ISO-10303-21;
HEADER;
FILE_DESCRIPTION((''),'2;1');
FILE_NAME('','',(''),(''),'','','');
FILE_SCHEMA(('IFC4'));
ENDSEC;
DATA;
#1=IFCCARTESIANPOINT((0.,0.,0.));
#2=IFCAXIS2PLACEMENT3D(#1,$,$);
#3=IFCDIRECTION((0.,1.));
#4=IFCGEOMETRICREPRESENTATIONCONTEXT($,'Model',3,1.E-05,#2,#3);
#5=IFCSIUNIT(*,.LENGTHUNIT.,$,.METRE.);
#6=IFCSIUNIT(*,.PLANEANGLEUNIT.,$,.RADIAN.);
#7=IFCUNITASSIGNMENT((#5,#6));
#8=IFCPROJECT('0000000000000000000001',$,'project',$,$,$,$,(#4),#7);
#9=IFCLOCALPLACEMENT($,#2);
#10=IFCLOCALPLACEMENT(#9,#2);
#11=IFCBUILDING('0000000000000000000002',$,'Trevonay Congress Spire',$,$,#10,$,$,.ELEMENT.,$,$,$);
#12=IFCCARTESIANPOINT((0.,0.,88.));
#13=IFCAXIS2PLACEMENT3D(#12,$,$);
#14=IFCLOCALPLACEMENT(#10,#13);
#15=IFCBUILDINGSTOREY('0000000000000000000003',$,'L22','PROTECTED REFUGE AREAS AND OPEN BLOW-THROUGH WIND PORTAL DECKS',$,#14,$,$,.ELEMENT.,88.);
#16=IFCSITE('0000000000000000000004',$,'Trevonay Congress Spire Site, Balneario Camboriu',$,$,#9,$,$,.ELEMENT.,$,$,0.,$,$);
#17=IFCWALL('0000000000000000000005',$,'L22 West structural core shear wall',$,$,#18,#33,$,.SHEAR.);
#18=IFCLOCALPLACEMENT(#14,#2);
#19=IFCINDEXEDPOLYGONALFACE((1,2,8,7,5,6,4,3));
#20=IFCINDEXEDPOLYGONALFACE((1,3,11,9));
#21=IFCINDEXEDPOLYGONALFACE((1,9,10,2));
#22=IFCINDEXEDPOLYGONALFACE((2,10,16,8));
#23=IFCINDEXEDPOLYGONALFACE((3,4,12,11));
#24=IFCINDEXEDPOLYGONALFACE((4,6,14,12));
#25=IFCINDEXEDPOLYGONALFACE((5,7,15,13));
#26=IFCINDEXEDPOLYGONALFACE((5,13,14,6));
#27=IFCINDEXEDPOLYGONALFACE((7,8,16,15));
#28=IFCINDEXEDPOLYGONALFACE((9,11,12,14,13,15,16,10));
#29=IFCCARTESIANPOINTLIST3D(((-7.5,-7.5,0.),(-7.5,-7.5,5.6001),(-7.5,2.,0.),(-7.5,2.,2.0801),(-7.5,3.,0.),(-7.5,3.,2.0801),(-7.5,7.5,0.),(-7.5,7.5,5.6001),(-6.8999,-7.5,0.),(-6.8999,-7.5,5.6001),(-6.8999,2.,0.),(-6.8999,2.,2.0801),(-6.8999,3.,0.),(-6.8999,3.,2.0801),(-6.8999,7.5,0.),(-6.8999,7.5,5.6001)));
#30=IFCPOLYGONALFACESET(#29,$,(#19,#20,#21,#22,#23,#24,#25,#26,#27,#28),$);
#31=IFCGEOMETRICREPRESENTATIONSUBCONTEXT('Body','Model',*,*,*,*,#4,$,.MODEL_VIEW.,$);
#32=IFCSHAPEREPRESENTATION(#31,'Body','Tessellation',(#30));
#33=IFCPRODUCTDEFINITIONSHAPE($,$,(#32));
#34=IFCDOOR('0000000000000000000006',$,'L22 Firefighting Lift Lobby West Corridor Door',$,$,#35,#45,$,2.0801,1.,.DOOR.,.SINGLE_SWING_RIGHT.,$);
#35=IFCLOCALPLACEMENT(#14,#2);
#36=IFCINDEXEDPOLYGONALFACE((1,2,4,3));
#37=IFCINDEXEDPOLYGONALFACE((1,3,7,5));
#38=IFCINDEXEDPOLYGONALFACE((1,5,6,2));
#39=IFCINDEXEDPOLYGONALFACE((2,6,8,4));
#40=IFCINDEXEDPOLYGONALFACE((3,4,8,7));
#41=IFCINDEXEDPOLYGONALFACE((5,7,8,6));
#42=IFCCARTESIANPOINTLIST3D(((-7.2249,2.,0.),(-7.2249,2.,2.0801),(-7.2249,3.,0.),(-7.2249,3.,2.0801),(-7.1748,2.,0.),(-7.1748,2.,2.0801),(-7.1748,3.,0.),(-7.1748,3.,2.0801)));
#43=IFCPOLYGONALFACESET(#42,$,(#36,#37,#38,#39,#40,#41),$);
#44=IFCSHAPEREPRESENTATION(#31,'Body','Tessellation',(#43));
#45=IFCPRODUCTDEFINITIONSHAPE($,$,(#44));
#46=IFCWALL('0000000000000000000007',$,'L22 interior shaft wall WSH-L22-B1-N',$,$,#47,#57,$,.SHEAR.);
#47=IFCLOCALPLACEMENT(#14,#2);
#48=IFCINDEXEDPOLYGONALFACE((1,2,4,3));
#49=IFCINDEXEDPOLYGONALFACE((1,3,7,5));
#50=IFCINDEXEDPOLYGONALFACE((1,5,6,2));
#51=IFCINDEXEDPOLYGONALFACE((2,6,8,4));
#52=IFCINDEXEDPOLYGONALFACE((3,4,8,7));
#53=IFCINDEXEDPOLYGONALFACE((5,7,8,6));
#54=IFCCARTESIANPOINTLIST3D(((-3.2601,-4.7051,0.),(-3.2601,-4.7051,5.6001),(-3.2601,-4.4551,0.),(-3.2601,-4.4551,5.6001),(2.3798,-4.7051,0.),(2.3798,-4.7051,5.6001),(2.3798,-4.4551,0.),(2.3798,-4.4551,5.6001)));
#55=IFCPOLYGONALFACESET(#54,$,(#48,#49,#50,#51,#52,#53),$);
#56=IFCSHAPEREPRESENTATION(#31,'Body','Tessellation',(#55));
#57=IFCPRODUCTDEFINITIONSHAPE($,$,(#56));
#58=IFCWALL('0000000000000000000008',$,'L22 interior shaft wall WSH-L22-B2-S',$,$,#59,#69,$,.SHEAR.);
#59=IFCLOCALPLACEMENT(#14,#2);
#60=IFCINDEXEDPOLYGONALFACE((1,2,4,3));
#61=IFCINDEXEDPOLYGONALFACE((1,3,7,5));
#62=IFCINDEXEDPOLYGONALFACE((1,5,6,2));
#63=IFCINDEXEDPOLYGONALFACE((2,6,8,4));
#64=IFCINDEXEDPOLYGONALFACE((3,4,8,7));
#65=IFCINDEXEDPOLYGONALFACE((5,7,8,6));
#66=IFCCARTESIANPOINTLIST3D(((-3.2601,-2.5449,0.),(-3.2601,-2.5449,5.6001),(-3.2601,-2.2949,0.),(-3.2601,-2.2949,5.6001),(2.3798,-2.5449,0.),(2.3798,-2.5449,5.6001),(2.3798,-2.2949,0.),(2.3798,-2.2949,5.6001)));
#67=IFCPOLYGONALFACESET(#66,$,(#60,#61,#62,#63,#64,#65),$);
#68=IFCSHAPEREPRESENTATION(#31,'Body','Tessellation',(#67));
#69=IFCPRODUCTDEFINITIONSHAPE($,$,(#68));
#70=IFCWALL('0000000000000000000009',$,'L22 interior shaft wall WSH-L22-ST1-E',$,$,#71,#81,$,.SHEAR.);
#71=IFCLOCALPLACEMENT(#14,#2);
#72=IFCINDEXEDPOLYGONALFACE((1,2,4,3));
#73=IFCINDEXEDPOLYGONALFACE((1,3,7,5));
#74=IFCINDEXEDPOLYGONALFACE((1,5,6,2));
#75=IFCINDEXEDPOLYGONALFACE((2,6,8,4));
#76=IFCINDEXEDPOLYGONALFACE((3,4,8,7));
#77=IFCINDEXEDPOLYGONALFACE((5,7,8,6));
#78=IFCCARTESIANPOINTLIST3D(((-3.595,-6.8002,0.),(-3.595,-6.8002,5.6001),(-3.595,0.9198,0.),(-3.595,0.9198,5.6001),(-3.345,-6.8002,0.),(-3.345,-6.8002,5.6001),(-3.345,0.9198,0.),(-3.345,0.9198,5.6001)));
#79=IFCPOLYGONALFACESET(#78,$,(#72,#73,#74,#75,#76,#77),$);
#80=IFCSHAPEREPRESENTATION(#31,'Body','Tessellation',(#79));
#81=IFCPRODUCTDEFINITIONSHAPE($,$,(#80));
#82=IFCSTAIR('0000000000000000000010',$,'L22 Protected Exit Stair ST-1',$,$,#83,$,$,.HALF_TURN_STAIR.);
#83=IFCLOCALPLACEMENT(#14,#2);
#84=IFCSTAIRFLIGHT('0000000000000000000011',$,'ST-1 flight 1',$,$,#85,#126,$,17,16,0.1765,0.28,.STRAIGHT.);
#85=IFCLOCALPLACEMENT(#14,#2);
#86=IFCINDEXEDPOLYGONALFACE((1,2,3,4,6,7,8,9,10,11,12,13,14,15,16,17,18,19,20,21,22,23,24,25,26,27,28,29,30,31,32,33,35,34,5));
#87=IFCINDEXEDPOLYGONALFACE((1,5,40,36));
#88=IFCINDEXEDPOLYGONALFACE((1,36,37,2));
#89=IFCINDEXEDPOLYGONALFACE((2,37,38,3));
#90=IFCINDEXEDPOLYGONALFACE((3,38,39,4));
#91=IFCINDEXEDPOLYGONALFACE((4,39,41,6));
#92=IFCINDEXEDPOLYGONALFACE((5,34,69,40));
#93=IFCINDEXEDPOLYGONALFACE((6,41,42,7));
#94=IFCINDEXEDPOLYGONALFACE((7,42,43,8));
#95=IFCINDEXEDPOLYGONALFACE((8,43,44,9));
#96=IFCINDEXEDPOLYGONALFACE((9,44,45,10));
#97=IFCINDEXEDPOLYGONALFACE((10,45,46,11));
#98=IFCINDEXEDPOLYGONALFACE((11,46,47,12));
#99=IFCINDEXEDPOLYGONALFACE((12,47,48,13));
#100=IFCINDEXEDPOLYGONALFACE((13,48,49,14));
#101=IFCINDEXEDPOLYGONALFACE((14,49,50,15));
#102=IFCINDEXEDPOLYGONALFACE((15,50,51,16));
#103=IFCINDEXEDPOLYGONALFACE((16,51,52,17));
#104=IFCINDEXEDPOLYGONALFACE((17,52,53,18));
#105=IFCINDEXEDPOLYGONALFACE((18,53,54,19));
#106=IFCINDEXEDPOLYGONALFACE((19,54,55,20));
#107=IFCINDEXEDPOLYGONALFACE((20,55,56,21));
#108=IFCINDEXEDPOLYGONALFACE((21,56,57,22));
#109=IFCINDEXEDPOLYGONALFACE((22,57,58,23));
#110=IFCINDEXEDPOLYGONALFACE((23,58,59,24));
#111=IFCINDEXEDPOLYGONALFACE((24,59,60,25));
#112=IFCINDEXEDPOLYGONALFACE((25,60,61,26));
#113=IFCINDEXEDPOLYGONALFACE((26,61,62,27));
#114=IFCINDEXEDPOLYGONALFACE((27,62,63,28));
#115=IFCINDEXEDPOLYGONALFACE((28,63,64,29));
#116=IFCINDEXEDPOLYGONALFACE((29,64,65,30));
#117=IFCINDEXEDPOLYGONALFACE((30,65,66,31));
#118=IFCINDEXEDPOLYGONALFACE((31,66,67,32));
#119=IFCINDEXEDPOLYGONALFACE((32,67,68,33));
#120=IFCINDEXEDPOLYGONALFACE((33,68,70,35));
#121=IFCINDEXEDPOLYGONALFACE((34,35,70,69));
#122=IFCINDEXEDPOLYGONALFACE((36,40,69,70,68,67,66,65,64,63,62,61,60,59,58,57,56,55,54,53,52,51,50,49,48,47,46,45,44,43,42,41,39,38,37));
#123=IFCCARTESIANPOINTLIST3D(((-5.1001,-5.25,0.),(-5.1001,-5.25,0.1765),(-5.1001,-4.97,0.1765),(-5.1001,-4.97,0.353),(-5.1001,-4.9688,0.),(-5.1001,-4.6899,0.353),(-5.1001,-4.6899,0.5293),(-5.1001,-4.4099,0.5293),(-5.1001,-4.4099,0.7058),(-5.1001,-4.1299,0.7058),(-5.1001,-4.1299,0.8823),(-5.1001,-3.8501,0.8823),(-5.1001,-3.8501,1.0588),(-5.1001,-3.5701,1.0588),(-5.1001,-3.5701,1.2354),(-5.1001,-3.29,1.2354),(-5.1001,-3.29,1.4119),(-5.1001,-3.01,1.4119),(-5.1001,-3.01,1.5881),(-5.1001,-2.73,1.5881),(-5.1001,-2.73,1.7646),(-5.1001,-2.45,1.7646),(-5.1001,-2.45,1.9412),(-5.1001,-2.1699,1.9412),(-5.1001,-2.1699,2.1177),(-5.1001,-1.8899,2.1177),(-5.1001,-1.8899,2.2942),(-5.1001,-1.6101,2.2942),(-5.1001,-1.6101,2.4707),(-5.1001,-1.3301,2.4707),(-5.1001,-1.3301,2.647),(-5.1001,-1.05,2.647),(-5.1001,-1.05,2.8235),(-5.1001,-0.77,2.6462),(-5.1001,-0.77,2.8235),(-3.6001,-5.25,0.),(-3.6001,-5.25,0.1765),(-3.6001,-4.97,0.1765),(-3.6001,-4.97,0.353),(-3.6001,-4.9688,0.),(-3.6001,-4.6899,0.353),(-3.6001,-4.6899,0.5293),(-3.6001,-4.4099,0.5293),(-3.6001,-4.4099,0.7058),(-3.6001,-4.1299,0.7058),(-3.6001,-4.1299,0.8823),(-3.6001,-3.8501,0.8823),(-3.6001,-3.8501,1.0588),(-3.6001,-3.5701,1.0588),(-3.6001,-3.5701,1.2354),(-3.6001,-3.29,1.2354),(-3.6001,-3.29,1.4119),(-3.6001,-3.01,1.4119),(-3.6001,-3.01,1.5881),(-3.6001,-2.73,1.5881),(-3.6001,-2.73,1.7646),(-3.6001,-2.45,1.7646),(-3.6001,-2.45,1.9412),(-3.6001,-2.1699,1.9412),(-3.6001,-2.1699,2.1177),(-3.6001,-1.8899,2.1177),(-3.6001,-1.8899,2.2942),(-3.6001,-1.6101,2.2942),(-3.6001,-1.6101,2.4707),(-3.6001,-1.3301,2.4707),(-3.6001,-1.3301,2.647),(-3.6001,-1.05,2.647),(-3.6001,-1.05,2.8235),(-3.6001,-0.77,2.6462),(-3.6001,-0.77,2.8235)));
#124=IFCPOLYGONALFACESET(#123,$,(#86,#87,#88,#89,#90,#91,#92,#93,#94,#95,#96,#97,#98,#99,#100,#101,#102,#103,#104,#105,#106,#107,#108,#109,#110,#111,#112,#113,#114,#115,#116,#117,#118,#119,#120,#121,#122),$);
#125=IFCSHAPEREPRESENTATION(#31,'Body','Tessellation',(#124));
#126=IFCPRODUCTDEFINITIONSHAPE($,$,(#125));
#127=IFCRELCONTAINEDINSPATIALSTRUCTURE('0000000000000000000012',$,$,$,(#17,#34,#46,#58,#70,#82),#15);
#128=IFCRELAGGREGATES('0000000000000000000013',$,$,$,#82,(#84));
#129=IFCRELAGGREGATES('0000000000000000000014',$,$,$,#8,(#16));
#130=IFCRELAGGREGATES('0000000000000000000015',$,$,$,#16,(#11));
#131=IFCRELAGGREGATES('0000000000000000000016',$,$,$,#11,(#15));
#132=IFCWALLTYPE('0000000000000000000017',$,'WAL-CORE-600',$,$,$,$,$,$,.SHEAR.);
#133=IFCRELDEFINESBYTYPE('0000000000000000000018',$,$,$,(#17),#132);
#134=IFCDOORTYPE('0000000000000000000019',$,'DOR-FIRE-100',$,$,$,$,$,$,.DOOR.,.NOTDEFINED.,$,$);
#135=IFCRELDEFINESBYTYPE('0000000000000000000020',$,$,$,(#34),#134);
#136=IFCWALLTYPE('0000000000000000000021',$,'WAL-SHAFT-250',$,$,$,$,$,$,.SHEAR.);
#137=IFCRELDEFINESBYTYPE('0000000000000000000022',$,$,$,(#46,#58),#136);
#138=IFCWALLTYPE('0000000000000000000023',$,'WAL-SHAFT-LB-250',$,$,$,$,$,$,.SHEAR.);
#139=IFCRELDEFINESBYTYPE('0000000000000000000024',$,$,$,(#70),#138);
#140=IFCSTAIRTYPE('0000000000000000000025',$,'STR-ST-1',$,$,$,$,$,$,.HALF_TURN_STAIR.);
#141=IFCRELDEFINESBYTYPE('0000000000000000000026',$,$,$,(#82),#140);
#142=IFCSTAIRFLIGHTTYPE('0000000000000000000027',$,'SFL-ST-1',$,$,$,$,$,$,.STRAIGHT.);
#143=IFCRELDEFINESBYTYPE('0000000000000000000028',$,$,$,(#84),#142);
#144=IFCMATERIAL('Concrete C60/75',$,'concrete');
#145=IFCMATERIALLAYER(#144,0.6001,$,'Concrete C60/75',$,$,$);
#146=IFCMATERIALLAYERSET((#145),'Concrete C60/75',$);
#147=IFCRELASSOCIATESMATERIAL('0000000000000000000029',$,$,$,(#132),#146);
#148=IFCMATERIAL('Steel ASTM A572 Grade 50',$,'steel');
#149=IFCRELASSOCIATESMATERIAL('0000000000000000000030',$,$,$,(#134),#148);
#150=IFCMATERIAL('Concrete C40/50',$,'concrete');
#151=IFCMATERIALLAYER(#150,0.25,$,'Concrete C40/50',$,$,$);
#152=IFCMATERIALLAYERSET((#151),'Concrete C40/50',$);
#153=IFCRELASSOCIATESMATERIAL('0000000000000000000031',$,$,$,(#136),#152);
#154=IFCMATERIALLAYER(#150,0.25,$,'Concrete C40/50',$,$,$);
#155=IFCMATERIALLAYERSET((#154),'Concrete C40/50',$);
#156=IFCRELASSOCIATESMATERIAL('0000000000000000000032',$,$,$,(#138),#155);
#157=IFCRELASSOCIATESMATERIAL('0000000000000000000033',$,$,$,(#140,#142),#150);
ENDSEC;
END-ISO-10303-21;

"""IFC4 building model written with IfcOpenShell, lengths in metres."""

from ifc_helpers import new_model, si_unit, direction, frame, frame_2d, origin, place, context, subcontext, project, spatial, polyline, rectangle, outline, extrude, material, layer, layer_set, type_object, element, fill, aggregate, save


model = new_model("IFC4")

# Units and contexts
model_context = context("Model", 3, precision=1e-05, world=origin(), true_north=direction((0.0, 1.0)))
body_context = subcontext(model_context, "Body", "Model", "MODEL_VIEW")
ifc_project = project(units=[si_unit("LENGTHUNIT", "METRE"), si_unit("PLANEANGLEUNIT", "RADIAN")], contexts=[model_context])

# Site, building, storey
site_placement = place(None, origin())
site = spatial("IfcSite", under=ifc_project, at=site_placement, Name="Trevonay Congress Spire Site, Balneario Camboriu", CompositionType="ELEMENT", RefElevation=0.0)
building_placement = place(site_placement, origin())
building = spatial("IfcBuilding", under=site, at=building_placement, Name="Trevonay Congress Spire", CompositionType="ELEMENT")
storey_placement = place(building_placement, frame((0.0, 0.0, 88.0)))
storey = spatial("IfcBuildingStorey", under=building, at=storey_placement, Name="L22", Description="PROTECTED REFUGE AREAS AND OPEN BLOW-THROUGH WIND PORTAL DECKS", CompositionType="ELEMENT", Elevation=88.0)

# Shared definitions
ifc_material_1 = material(Name="Steel ASTM A572 Grade 50", Category="steel")

# Shared definitions
ifc_material_2 = material(Name="Concrete C60/75", Category="concrete")
ifc_layer_1 = layer(ifc_material_2, 0.6001, Name="Concrete C60/75")
ifc_layer_set_1 = layer_set([ifc_layer_1], Name="Concrete C60/75")
wall_type_1 = type_object("IfcWallType", Name="WAL-CORE-600", PredefinedType="SHEAR", material=ifc_layer_set_1)

# Wall, opening, door
wall_1_placement = place(storey_placement, frame((-7.2, -7.5, 0.0), z_axis=(0.0, 0.0, 1.0), x_axis=(0.0, 1.0, 0.0)))
wall_1 = element("IfcWall", 1, at=wall_1_placement, inside=storey, type_object=wall_type_1, Name="L22 West structural core shear wall", PredefinedType="SHEAR", context=body_context, shape_type="SweptSolid", body=[
    extrude(rectangle(XDim=15.0, YDim=0.6001, at=frame_2d((7.5, 0.0))), origin(), (0.0, 0.0, 1.0), 5.6001),
])
opening_1_placement = place(wall_1_placement, frame((9.5, 0.0, 0.0)))
opening_1 = element("IfcOpeningElement", 2, at=opening_1_placement, cuts=wall_1, PredefinedType="OPENING", context=body_context, shape_type="SweptSolid", body=[
    extrude(rectangle(XDim=1.0, YDim=2.0801, at=frame_2d((0.5, 1.04))), frame((0.0, 0.3101, 0.0), z_axis=(0.0, -1.0, 0.0), x_axis=(1.0, 0.0, 0.0)), (0.0, 0.0, 1.0), 0.6201),
])
door_type_1 = type_object("IfcDoorType", Name="DOR-FIRE-100", OperationType="NOTDEFINED", PredefinedType="DOOR", material=ifc_material_1)
door_1_placement = place(opening_1_placement, origin())
door_1 = element("IfcDoor", 3, at=door_1_placement, inside=storey, type_object=door_type_1, Name="L22 Firefighting Lift Lobby West Corridor Door", OperationType="SINGLE_SWING_RIGHT", OverallHeight=2.0801, OverallWidth=1.0, PredefinedType="DOOR", context=body_context, shape_type="SweptSolid", body=[
    extrude(rectangle(XDim=1.0, YDim=2.0801, at=frame_2d((0.5, 1.04))), frame((0.0, 0.0249, 0.0), z_axis=(0.0, -1.0, 0.0), x_axis=(1.0, 0.0, 0.0)), (0.0, 0.0, 1.0), 0.05),
])
fill(opening_1, door_1)

# Walls
ifc_material_3 = material(Name="Concrete C40/50", Category="concrete")
ifc_layer_2 = layer(ifc_material_3, 0.25, Name="Concrete C40/50")
ifc_layer_set_2 = layer_set([ifc_layer_2], Name="Concrete C40/50")
wall_type_2 = type_object("IfcWallType", Name="WAL-SHAFT-250", PredefinedType="SHEAR", material=ifc_layer_set_2)
for number, where, z_axis, x_axis, name in (
    (4, (-3.26, -4.5801, 0.0), (0.0, 0.0, 1.0), (1.0, 0.0, 0.0), "L22 interior shaft wall WSH-L22-B1-N"),
    (5, (-3.26, -2.4199, 0.0), (0.0, 0.0, 1.0), (1.0, 0.0, 0.0), "L22 interior shaft wall WSH-L22-B2-S"),
):
    element("IfcWall", number, at=place(storey_placement, frame(where, z_axis=z_axis, x_axis=x_axis)), inside=storey, type_object=wall_type_2, Name=name, PredefinedType="SHEAR", context=body_context, shape_type="SweptSolid", body=[
        extrude(rectangle(XDim=5.6399, YDim=0.25, at=frame_2d((2.8198, 0.0))), origin(), (0.0, 0.0, 1.0), 5.6001),
    ])
ifc_layer_3 = layer(ifc_material_3, 0.25, Name="Concrete C40/50")
ifc_layer_set_3 = layer_set([ifc_layer_3], Name="Concrete C40/50")
wall_type_3 = type_object("IfcWallType", Name="WAL-SHAFT-LB-250", PredefinedType="SHEAR", material=ifc_layer_set_3)
wall_2_placement = place(storey_placement, frame((-3.47, -6.8, 0.0), z_axis=(0.0, 0.0, 1.0), x_axis=(0.0, 1.0, 0.0)))
element("IfcWall", 6, at=wall_2_placement, inside=storey, type_object=wall_type_3, Name="L22 interior shaft wall WSH-L22-ST1-E", PredefinedType="SHEAR", context=body_context, shape_type="SweptSolid", body=[
    extrude(rectangle(XDim=7.72, YDim=0.25, at=frame_2d((3.8599, 0.0))), origin(), (0.0, 0.0, 1.0), 5.6001),
])

# Stair, stair flight
stair_type = type_object("IfcStairType", Name="STR-ST-1", PredefinedType="HALF_TURN_STAIR", material=ifc_material_3)
stair_placement = place(storey_placement, origin())
stair = element("IfcStair", 7, at=stair_placement, inside=storey, type_object=stair_type, Name="L22 Protected Exit Stair ST-1", PredefinedType="HALF_TURN_STAIR")
stair_flight_type = type_object("IfcStairFlightType", Name="SFL-ST-1", PredefinedType="STRAIGHT", material=ifc_material_3)
stair_flight_placement = place(storey_placement, frame((-4.3501, -5.25, 0.0), z_axis=(0.0, 0.0, 1.0), x_axis=(0.0, 1.0, 0.0)))
stair_flight = element("IfcStairFlight", 8, at=stair_flight_placement, type_object=stair_flight_type, Name="ST-1 flight 1", NumberOfRisers=17, NumberOfTreads=16, PredefinedType="STRAIGHT", RiserHeight=0.1765, TreadLength=0.28, context=body_context, shape_type="SweptSolid", body=[
    extrude(outline(polyline([(0.0, 0.0), (0.0, 0.1765), (0.28, 0.1765), (0.28, 0.353), (0.5601, 0.353), (0.5601, 0.5293), (0.8401, 0.5293), (0.8401, 0.7058), (1.1201, 0.7058), (1.1201, 0.8823), (1.3999, 0.8823), (1.3999, 1.0588), (1.6799, 1.0588), (1.6799, 1.2354), (1.96, 1.2354), (1.96, 1.4119), (2.24, 1.4119), (2.24, 1.5881), (2.52, 1.5881), (2.52, 1.7646), (2.8, 1.7646), (2.8, 1.9412), (3.0801, 1.9412), (3.0801, 2.1177), (3.3601, 2.1177), (3.3601, 2.2942), (3.6399, 2.2942), (3.6399, 2.4707), (3.9199, 2.4707), (3.9199, 2.647), (4.2, 2.647), (4.2, 2.8235), (4.48, 2.8235), (4.48, 3.0), (4.48, 2.6462), (0.2812, 0.0), (0.0, 0.0)])), frame((0.0, 0.75, 0.0), z_axis=(0.0, -1.0, 0.0), x_axis=(1.0, 0.0, 0.0)), (0.0, 0.0, 1.0), 1.5),
])
aggregate(stair, [stair_flight])

save(model, "model.ifc")
